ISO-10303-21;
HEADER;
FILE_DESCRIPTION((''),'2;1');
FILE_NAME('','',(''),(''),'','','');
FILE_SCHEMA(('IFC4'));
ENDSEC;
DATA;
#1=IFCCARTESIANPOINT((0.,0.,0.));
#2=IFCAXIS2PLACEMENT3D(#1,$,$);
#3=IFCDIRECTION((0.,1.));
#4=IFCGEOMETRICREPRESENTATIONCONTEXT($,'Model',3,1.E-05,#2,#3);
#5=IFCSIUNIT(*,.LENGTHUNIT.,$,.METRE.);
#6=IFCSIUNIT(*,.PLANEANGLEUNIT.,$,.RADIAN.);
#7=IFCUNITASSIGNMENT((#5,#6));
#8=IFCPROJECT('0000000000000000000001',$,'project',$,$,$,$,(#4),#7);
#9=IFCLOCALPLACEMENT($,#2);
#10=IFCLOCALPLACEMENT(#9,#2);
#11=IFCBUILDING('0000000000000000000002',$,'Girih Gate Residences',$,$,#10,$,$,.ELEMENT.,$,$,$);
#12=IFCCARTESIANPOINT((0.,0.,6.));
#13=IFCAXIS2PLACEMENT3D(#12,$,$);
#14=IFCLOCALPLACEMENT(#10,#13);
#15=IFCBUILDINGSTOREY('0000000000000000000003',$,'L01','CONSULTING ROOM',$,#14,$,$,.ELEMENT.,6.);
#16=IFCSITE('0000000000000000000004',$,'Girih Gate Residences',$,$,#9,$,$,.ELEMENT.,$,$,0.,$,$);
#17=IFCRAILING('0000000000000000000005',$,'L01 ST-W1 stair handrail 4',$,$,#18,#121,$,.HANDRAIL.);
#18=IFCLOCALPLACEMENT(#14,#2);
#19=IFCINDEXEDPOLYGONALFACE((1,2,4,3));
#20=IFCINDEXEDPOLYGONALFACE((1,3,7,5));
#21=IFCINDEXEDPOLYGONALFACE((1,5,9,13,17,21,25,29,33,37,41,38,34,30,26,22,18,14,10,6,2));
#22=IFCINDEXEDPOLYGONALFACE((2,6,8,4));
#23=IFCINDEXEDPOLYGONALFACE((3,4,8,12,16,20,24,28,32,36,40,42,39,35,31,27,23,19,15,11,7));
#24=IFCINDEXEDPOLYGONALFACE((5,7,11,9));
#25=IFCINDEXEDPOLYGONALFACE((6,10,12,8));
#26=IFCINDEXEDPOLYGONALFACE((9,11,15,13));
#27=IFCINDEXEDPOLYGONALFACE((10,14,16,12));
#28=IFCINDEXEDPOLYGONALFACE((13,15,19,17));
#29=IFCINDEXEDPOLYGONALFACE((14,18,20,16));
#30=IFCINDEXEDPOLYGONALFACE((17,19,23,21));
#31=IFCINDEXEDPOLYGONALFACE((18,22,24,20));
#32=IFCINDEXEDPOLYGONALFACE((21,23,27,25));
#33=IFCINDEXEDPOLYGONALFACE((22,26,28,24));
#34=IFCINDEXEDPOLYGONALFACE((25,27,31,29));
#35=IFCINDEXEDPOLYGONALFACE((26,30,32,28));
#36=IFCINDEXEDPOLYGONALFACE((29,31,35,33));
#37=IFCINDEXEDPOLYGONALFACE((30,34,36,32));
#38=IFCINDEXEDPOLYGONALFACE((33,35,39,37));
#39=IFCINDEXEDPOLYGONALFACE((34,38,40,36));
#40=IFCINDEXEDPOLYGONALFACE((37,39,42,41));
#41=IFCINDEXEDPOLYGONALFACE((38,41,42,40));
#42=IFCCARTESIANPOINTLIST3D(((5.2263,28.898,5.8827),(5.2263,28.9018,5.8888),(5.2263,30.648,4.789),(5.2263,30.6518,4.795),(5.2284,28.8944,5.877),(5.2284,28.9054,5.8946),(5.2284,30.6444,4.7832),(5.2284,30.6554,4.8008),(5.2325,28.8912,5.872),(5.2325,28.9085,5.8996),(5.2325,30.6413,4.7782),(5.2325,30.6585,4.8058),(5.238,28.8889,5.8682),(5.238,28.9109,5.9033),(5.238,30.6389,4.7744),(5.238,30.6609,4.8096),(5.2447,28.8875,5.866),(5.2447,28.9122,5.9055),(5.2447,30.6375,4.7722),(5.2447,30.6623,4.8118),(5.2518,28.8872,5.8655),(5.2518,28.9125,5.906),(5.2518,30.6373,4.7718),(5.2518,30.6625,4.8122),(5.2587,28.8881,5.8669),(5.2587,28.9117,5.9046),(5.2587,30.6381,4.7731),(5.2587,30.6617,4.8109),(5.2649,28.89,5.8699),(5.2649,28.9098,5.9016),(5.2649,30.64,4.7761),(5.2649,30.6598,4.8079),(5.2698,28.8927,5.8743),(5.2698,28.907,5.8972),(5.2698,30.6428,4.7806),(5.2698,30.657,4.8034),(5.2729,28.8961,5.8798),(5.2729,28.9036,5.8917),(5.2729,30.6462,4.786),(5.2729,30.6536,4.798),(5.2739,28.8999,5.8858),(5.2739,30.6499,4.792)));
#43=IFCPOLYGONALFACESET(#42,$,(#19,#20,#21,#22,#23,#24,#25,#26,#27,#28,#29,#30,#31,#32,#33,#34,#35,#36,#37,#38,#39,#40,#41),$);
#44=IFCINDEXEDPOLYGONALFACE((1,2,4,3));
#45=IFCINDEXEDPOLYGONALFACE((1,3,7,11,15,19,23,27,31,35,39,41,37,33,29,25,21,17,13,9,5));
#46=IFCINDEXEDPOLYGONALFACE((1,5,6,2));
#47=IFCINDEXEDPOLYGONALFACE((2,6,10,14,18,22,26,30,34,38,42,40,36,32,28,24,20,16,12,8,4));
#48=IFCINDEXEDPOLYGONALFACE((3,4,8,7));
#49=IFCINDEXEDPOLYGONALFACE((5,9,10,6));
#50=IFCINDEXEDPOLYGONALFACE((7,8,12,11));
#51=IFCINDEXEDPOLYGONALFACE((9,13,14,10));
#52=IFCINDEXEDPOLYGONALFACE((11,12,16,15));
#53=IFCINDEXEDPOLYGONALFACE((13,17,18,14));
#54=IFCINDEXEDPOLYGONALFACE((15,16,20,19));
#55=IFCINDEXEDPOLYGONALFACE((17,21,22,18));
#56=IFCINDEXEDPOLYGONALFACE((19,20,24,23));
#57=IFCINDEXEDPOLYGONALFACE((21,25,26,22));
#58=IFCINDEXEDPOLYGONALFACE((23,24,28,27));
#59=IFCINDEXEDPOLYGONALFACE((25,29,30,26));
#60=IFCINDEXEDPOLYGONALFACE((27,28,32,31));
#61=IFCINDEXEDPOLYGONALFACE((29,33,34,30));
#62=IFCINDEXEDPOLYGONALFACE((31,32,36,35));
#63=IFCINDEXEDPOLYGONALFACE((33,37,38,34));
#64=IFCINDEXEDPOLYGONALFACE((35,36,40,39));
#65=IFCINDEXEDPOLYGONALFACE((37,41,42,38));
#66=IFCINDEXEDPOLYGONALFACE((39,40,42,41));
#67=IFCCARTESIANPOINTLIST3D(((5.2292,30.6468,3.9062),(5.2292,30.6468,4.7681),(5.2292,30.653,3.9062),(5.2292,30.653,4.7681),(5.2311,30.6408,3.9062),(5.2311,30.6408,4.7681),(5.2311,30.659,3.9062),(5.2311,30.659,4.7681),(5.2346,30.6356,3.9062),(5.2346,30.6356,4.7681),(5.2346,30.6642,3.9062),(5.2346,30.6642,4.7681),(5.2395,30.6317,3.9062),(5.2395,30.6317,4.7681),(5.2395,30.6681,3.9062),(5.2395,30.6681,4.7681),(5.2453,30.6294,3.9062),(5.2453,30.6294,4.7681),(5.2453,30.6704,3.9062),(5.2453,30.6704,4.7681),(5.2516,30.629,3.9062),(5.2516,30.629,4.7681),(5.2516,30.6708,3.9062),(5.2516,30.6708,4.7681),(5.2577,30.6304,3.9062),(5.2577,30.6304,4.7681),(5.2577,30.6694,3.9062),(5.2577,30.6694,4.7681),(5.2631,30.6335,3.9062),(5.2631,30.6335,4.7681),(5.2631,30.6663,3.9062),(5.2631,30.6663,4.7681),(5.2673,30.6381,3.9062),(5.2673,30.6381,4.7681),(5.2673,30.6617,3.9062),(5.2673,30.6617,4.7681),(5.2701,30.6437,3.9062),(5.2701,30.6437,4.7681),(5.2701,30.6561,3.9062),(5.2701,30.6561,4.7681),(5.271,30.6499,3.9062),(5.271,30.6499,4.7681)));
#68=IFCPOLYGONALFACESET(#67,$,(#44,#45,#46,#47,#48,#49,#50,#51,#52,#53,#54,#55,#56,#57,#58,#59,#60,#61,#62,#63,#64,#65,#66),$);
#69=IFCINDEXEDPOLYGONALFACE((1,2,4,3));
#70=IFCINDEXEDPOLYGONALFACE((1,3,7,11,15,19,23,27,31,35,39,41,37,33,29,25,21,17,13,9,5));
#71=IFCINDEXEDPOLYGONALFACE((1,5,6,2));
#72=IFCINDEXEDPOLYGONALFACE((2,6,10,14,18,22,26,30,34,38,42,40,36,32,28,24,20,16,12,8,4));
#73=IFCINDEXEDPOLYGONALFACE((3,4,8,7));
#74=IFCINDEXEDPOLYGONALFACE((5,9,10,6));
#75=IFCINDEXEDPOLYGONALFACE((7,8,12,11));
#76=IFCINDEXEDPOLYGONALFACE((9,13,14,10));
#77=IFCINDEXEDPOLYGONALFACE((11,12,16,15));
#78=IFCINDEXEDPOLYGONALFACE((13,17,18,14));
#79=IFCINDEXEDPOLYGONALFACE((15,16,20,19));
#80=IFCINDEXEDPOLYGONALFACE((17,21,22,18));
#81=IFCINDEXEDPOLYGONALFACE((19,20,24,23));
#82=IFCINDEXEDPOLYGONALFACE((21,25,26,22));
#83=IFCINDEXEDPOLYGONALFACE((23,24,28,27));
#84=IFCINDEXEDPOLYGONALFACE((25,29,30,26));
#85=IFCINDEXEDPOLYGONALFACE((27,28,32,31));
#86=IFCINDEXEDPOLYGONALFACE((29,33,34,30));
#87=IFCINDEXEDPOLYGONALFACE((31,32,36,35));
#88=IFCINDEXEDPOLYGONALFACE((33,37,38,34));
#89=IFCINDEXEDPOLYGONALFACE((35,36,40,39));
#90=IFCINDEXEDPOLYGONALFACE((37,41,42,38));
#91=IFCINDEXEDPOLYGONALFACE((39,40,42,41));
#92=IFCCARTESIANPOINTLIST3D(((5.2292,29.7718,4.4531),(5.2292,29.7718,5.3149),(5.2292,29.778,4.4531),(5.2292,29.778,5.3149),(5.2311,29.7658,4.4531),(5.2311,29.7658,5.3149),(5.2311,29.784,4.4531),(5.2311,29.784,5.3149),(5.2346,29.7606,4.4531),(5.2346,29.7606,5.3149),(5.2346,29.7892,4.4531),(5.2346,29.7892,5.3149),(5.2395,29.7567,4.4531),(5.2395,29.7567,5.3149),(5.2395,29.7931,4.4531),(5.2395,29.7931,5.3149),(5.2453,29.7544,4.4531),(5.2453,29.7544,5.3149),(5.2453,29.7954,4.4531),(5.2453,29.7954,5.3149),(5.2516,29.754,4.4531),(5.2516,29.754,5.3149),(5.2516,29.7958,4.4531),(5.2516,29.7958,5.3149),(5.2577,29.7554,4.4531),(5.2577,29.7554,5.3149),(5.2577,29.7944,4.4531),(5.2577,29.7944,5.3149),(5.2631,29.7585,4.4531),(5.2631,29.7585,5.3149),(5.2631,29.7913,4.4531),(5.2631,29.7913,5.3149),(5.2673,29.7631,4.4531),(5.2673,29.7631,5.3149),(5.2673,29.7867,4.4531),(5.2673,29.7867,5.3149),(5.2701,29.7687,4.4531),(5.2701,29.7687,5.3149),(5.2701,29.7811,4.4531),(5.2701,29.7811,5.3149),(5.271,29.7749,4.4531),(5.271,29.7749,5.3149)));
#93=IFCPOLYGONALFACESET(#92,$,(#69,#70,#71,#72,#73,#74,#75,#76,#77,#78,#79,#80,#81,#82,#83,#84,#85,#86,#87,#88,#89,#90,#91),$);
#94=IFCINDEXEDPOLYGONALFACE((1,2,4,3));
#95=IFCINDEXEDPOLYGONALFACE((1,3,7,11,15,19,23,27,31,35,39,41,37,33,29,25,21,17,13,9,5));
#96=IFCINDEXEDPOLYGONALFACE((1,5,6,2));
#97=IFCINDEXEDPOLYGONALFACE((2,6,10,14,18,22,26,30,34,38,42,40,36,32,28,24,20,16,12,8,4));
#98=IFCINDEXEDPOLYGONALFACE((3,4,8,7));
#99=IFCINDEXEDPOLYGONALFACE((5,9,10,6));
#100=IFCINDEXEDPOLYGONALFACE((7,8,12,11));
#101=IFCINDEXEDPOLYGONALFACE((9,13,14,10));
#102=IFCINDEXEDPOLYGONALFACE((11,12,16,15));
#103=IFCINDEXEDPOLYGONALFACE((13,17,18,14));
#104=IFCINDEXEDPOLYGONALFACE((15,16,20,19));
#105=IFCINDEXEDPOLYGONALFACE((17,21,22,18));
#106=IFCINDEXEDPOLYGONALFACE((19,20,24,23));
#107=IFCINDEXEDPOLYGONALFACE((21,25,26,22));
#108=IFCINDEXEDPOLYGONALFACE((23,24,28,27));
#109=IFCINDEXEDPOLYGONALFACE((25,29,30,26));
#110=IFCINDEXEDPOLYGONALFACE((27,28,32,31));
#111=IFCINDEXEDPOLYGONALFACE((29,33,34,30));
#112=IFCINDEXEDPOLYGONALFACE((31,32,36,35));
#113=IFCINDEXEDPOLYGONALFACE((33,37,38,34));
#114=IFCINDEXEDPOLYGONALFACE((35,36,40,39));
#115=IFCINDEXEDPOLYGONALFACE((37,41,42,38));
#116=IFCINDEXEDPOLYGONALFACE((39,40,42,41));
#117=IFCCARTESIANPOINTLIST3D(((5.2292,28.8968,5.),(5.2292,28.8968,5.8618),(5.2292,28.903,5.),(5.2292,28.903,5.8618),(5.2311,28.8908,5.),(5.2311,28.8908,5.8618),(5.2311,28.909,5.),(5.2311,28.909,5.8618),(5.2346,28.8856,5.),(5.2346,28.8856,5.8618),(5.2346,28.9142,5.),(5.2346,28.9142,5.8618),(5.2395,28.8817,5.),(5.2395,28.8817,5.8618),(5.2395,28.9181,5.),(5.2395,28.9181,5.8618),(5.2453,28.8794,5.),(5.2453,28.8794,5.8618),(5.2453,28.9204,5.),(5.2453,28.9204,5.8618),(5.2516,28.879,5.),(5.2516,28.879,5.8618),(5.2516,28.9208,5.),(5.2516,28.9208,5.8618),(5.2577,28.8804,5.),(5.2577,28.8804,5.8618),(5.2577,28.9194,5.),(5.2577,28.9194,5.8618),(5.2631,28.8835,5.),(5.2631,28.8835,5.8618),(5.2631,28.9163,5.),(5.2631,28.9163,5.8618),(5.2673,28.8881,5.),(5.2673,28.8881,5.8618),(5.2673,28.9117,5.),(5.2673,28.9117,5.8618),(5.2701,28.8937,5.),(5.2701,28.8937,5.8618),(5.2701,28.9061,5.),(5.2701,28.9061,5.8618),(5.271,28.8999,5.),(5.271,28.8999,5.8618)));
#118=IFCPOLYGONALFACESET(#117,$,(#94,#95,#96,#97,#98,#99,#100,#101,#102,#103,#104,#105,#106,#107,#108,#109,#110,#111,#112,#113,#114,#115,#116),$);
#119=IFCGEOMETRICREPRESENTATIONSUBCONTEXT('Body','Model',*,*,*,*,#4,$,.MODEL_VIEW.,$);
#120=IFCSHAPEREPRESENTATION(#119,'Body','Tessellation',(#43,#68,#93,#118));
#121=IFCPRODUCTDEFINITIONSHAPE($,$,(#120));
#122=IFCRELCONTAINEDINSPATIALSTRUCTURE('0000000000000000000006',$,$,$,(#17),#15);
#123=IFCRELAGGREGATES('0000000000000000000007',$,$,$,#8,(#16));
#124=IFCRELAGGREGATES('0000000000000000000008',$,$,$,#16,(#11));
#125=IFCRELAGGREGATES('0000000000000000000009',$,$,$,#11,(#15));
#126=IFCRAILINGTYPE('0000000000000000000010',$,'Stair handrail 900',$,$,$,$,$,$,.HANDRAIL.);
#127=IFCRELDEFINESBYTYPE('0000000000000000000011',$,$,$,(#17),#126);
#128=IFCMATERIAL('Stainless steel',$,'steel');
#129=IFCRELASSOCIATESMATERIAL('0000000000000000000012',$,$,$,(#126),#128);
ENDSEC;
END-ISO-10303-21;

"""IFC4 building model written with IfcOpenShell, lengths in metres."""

from ifc_helpers import new_model, si_unit, direction, frame, origin, origin_2d, place, context, subcontext, project, spatial, circle, extrude, material, type_object, element, save


model = new_model("IFC4")

# Units and contexts
model_context = context("Model", 3, precision=1e-05, world=origin(), true_north=direction((0.0, 1.0)))
body_context = subcontext(model_context, "Body", "Model", "MODEL_VIEW")
ifc_project = project(units=[si_unit("LENGTHUNIT", "METRE"), si_unit("PLANEANGLEUNIT", "RADIAN")], contexts=[model_context])

# Site, building, storey
site_placement = place(None, origin())
site = spatial("IfcSite", under=ifc_project, at=site_placement, Name="Girih Gate Residences", CompositionType="ELEMENT", RefElevation=0.0)
building_placement = place(site_placement, origin())
building = spatial("IfcBuilding", under=site, at=building_placement, Name="Girih Gate Residences", CompositionType="ELEMENT")
storey_placement = place(building_placement, frame((0.0, 0.0, 6.0)))
storey = spatial("IfcBuildingStorey", under=building, at=storey_placement, Name="L01", Description="CONSULTING ROOM", CompositionType="ELEMENT", Elevation=6.0)

# Railing
ifc_material_1 = material(Name="Stainless steel", Category="steel")
railing_type_1 = type_object("IfcRailingType", Name="Stair handrail 900", PredefinedType="HANDRAIL", material=ifc_material_1)
railing_1_placement = place(storey_placement, frame((5.25, 30.6499, 3.9062)))
element("IfcRailing", 1, at=railing_1_placement, inside=storey, type_object=railing_type_1, Name="L01 ST-W1 stair handrail 4", PredefinedType="HANDRAIL", context=body_context, shape_type="SweptSolid", body=[
    extrude(circle(Radius=0.0239, at=origin_2d()), frame((0.0, 0.0, 0.8857), z_axis=(0.0, -0.847998, 0.529999), x_axis=(1.0, 0.0, 0.0)), (0.0, 0.0, 1.0), 2.0637),
    extrude(circle(Radius=0.021, at=origin_2d()), origin(), (0.0, 0.0, 1.0), 0.8618),
    extrude(circle(Radius=0.021, at=origin_2d()), frame((0.0, -0.875, 0.5469)), (0.0, 0.0, 1.0), 0.8618),
    extrude(circle(Radius=0.021, at=origin_2d()), frame((0.0, -1.75, 1.0938)), (0.0, 0.0, 1.0), 0.8618),
])

save(model, "model.ifc")
